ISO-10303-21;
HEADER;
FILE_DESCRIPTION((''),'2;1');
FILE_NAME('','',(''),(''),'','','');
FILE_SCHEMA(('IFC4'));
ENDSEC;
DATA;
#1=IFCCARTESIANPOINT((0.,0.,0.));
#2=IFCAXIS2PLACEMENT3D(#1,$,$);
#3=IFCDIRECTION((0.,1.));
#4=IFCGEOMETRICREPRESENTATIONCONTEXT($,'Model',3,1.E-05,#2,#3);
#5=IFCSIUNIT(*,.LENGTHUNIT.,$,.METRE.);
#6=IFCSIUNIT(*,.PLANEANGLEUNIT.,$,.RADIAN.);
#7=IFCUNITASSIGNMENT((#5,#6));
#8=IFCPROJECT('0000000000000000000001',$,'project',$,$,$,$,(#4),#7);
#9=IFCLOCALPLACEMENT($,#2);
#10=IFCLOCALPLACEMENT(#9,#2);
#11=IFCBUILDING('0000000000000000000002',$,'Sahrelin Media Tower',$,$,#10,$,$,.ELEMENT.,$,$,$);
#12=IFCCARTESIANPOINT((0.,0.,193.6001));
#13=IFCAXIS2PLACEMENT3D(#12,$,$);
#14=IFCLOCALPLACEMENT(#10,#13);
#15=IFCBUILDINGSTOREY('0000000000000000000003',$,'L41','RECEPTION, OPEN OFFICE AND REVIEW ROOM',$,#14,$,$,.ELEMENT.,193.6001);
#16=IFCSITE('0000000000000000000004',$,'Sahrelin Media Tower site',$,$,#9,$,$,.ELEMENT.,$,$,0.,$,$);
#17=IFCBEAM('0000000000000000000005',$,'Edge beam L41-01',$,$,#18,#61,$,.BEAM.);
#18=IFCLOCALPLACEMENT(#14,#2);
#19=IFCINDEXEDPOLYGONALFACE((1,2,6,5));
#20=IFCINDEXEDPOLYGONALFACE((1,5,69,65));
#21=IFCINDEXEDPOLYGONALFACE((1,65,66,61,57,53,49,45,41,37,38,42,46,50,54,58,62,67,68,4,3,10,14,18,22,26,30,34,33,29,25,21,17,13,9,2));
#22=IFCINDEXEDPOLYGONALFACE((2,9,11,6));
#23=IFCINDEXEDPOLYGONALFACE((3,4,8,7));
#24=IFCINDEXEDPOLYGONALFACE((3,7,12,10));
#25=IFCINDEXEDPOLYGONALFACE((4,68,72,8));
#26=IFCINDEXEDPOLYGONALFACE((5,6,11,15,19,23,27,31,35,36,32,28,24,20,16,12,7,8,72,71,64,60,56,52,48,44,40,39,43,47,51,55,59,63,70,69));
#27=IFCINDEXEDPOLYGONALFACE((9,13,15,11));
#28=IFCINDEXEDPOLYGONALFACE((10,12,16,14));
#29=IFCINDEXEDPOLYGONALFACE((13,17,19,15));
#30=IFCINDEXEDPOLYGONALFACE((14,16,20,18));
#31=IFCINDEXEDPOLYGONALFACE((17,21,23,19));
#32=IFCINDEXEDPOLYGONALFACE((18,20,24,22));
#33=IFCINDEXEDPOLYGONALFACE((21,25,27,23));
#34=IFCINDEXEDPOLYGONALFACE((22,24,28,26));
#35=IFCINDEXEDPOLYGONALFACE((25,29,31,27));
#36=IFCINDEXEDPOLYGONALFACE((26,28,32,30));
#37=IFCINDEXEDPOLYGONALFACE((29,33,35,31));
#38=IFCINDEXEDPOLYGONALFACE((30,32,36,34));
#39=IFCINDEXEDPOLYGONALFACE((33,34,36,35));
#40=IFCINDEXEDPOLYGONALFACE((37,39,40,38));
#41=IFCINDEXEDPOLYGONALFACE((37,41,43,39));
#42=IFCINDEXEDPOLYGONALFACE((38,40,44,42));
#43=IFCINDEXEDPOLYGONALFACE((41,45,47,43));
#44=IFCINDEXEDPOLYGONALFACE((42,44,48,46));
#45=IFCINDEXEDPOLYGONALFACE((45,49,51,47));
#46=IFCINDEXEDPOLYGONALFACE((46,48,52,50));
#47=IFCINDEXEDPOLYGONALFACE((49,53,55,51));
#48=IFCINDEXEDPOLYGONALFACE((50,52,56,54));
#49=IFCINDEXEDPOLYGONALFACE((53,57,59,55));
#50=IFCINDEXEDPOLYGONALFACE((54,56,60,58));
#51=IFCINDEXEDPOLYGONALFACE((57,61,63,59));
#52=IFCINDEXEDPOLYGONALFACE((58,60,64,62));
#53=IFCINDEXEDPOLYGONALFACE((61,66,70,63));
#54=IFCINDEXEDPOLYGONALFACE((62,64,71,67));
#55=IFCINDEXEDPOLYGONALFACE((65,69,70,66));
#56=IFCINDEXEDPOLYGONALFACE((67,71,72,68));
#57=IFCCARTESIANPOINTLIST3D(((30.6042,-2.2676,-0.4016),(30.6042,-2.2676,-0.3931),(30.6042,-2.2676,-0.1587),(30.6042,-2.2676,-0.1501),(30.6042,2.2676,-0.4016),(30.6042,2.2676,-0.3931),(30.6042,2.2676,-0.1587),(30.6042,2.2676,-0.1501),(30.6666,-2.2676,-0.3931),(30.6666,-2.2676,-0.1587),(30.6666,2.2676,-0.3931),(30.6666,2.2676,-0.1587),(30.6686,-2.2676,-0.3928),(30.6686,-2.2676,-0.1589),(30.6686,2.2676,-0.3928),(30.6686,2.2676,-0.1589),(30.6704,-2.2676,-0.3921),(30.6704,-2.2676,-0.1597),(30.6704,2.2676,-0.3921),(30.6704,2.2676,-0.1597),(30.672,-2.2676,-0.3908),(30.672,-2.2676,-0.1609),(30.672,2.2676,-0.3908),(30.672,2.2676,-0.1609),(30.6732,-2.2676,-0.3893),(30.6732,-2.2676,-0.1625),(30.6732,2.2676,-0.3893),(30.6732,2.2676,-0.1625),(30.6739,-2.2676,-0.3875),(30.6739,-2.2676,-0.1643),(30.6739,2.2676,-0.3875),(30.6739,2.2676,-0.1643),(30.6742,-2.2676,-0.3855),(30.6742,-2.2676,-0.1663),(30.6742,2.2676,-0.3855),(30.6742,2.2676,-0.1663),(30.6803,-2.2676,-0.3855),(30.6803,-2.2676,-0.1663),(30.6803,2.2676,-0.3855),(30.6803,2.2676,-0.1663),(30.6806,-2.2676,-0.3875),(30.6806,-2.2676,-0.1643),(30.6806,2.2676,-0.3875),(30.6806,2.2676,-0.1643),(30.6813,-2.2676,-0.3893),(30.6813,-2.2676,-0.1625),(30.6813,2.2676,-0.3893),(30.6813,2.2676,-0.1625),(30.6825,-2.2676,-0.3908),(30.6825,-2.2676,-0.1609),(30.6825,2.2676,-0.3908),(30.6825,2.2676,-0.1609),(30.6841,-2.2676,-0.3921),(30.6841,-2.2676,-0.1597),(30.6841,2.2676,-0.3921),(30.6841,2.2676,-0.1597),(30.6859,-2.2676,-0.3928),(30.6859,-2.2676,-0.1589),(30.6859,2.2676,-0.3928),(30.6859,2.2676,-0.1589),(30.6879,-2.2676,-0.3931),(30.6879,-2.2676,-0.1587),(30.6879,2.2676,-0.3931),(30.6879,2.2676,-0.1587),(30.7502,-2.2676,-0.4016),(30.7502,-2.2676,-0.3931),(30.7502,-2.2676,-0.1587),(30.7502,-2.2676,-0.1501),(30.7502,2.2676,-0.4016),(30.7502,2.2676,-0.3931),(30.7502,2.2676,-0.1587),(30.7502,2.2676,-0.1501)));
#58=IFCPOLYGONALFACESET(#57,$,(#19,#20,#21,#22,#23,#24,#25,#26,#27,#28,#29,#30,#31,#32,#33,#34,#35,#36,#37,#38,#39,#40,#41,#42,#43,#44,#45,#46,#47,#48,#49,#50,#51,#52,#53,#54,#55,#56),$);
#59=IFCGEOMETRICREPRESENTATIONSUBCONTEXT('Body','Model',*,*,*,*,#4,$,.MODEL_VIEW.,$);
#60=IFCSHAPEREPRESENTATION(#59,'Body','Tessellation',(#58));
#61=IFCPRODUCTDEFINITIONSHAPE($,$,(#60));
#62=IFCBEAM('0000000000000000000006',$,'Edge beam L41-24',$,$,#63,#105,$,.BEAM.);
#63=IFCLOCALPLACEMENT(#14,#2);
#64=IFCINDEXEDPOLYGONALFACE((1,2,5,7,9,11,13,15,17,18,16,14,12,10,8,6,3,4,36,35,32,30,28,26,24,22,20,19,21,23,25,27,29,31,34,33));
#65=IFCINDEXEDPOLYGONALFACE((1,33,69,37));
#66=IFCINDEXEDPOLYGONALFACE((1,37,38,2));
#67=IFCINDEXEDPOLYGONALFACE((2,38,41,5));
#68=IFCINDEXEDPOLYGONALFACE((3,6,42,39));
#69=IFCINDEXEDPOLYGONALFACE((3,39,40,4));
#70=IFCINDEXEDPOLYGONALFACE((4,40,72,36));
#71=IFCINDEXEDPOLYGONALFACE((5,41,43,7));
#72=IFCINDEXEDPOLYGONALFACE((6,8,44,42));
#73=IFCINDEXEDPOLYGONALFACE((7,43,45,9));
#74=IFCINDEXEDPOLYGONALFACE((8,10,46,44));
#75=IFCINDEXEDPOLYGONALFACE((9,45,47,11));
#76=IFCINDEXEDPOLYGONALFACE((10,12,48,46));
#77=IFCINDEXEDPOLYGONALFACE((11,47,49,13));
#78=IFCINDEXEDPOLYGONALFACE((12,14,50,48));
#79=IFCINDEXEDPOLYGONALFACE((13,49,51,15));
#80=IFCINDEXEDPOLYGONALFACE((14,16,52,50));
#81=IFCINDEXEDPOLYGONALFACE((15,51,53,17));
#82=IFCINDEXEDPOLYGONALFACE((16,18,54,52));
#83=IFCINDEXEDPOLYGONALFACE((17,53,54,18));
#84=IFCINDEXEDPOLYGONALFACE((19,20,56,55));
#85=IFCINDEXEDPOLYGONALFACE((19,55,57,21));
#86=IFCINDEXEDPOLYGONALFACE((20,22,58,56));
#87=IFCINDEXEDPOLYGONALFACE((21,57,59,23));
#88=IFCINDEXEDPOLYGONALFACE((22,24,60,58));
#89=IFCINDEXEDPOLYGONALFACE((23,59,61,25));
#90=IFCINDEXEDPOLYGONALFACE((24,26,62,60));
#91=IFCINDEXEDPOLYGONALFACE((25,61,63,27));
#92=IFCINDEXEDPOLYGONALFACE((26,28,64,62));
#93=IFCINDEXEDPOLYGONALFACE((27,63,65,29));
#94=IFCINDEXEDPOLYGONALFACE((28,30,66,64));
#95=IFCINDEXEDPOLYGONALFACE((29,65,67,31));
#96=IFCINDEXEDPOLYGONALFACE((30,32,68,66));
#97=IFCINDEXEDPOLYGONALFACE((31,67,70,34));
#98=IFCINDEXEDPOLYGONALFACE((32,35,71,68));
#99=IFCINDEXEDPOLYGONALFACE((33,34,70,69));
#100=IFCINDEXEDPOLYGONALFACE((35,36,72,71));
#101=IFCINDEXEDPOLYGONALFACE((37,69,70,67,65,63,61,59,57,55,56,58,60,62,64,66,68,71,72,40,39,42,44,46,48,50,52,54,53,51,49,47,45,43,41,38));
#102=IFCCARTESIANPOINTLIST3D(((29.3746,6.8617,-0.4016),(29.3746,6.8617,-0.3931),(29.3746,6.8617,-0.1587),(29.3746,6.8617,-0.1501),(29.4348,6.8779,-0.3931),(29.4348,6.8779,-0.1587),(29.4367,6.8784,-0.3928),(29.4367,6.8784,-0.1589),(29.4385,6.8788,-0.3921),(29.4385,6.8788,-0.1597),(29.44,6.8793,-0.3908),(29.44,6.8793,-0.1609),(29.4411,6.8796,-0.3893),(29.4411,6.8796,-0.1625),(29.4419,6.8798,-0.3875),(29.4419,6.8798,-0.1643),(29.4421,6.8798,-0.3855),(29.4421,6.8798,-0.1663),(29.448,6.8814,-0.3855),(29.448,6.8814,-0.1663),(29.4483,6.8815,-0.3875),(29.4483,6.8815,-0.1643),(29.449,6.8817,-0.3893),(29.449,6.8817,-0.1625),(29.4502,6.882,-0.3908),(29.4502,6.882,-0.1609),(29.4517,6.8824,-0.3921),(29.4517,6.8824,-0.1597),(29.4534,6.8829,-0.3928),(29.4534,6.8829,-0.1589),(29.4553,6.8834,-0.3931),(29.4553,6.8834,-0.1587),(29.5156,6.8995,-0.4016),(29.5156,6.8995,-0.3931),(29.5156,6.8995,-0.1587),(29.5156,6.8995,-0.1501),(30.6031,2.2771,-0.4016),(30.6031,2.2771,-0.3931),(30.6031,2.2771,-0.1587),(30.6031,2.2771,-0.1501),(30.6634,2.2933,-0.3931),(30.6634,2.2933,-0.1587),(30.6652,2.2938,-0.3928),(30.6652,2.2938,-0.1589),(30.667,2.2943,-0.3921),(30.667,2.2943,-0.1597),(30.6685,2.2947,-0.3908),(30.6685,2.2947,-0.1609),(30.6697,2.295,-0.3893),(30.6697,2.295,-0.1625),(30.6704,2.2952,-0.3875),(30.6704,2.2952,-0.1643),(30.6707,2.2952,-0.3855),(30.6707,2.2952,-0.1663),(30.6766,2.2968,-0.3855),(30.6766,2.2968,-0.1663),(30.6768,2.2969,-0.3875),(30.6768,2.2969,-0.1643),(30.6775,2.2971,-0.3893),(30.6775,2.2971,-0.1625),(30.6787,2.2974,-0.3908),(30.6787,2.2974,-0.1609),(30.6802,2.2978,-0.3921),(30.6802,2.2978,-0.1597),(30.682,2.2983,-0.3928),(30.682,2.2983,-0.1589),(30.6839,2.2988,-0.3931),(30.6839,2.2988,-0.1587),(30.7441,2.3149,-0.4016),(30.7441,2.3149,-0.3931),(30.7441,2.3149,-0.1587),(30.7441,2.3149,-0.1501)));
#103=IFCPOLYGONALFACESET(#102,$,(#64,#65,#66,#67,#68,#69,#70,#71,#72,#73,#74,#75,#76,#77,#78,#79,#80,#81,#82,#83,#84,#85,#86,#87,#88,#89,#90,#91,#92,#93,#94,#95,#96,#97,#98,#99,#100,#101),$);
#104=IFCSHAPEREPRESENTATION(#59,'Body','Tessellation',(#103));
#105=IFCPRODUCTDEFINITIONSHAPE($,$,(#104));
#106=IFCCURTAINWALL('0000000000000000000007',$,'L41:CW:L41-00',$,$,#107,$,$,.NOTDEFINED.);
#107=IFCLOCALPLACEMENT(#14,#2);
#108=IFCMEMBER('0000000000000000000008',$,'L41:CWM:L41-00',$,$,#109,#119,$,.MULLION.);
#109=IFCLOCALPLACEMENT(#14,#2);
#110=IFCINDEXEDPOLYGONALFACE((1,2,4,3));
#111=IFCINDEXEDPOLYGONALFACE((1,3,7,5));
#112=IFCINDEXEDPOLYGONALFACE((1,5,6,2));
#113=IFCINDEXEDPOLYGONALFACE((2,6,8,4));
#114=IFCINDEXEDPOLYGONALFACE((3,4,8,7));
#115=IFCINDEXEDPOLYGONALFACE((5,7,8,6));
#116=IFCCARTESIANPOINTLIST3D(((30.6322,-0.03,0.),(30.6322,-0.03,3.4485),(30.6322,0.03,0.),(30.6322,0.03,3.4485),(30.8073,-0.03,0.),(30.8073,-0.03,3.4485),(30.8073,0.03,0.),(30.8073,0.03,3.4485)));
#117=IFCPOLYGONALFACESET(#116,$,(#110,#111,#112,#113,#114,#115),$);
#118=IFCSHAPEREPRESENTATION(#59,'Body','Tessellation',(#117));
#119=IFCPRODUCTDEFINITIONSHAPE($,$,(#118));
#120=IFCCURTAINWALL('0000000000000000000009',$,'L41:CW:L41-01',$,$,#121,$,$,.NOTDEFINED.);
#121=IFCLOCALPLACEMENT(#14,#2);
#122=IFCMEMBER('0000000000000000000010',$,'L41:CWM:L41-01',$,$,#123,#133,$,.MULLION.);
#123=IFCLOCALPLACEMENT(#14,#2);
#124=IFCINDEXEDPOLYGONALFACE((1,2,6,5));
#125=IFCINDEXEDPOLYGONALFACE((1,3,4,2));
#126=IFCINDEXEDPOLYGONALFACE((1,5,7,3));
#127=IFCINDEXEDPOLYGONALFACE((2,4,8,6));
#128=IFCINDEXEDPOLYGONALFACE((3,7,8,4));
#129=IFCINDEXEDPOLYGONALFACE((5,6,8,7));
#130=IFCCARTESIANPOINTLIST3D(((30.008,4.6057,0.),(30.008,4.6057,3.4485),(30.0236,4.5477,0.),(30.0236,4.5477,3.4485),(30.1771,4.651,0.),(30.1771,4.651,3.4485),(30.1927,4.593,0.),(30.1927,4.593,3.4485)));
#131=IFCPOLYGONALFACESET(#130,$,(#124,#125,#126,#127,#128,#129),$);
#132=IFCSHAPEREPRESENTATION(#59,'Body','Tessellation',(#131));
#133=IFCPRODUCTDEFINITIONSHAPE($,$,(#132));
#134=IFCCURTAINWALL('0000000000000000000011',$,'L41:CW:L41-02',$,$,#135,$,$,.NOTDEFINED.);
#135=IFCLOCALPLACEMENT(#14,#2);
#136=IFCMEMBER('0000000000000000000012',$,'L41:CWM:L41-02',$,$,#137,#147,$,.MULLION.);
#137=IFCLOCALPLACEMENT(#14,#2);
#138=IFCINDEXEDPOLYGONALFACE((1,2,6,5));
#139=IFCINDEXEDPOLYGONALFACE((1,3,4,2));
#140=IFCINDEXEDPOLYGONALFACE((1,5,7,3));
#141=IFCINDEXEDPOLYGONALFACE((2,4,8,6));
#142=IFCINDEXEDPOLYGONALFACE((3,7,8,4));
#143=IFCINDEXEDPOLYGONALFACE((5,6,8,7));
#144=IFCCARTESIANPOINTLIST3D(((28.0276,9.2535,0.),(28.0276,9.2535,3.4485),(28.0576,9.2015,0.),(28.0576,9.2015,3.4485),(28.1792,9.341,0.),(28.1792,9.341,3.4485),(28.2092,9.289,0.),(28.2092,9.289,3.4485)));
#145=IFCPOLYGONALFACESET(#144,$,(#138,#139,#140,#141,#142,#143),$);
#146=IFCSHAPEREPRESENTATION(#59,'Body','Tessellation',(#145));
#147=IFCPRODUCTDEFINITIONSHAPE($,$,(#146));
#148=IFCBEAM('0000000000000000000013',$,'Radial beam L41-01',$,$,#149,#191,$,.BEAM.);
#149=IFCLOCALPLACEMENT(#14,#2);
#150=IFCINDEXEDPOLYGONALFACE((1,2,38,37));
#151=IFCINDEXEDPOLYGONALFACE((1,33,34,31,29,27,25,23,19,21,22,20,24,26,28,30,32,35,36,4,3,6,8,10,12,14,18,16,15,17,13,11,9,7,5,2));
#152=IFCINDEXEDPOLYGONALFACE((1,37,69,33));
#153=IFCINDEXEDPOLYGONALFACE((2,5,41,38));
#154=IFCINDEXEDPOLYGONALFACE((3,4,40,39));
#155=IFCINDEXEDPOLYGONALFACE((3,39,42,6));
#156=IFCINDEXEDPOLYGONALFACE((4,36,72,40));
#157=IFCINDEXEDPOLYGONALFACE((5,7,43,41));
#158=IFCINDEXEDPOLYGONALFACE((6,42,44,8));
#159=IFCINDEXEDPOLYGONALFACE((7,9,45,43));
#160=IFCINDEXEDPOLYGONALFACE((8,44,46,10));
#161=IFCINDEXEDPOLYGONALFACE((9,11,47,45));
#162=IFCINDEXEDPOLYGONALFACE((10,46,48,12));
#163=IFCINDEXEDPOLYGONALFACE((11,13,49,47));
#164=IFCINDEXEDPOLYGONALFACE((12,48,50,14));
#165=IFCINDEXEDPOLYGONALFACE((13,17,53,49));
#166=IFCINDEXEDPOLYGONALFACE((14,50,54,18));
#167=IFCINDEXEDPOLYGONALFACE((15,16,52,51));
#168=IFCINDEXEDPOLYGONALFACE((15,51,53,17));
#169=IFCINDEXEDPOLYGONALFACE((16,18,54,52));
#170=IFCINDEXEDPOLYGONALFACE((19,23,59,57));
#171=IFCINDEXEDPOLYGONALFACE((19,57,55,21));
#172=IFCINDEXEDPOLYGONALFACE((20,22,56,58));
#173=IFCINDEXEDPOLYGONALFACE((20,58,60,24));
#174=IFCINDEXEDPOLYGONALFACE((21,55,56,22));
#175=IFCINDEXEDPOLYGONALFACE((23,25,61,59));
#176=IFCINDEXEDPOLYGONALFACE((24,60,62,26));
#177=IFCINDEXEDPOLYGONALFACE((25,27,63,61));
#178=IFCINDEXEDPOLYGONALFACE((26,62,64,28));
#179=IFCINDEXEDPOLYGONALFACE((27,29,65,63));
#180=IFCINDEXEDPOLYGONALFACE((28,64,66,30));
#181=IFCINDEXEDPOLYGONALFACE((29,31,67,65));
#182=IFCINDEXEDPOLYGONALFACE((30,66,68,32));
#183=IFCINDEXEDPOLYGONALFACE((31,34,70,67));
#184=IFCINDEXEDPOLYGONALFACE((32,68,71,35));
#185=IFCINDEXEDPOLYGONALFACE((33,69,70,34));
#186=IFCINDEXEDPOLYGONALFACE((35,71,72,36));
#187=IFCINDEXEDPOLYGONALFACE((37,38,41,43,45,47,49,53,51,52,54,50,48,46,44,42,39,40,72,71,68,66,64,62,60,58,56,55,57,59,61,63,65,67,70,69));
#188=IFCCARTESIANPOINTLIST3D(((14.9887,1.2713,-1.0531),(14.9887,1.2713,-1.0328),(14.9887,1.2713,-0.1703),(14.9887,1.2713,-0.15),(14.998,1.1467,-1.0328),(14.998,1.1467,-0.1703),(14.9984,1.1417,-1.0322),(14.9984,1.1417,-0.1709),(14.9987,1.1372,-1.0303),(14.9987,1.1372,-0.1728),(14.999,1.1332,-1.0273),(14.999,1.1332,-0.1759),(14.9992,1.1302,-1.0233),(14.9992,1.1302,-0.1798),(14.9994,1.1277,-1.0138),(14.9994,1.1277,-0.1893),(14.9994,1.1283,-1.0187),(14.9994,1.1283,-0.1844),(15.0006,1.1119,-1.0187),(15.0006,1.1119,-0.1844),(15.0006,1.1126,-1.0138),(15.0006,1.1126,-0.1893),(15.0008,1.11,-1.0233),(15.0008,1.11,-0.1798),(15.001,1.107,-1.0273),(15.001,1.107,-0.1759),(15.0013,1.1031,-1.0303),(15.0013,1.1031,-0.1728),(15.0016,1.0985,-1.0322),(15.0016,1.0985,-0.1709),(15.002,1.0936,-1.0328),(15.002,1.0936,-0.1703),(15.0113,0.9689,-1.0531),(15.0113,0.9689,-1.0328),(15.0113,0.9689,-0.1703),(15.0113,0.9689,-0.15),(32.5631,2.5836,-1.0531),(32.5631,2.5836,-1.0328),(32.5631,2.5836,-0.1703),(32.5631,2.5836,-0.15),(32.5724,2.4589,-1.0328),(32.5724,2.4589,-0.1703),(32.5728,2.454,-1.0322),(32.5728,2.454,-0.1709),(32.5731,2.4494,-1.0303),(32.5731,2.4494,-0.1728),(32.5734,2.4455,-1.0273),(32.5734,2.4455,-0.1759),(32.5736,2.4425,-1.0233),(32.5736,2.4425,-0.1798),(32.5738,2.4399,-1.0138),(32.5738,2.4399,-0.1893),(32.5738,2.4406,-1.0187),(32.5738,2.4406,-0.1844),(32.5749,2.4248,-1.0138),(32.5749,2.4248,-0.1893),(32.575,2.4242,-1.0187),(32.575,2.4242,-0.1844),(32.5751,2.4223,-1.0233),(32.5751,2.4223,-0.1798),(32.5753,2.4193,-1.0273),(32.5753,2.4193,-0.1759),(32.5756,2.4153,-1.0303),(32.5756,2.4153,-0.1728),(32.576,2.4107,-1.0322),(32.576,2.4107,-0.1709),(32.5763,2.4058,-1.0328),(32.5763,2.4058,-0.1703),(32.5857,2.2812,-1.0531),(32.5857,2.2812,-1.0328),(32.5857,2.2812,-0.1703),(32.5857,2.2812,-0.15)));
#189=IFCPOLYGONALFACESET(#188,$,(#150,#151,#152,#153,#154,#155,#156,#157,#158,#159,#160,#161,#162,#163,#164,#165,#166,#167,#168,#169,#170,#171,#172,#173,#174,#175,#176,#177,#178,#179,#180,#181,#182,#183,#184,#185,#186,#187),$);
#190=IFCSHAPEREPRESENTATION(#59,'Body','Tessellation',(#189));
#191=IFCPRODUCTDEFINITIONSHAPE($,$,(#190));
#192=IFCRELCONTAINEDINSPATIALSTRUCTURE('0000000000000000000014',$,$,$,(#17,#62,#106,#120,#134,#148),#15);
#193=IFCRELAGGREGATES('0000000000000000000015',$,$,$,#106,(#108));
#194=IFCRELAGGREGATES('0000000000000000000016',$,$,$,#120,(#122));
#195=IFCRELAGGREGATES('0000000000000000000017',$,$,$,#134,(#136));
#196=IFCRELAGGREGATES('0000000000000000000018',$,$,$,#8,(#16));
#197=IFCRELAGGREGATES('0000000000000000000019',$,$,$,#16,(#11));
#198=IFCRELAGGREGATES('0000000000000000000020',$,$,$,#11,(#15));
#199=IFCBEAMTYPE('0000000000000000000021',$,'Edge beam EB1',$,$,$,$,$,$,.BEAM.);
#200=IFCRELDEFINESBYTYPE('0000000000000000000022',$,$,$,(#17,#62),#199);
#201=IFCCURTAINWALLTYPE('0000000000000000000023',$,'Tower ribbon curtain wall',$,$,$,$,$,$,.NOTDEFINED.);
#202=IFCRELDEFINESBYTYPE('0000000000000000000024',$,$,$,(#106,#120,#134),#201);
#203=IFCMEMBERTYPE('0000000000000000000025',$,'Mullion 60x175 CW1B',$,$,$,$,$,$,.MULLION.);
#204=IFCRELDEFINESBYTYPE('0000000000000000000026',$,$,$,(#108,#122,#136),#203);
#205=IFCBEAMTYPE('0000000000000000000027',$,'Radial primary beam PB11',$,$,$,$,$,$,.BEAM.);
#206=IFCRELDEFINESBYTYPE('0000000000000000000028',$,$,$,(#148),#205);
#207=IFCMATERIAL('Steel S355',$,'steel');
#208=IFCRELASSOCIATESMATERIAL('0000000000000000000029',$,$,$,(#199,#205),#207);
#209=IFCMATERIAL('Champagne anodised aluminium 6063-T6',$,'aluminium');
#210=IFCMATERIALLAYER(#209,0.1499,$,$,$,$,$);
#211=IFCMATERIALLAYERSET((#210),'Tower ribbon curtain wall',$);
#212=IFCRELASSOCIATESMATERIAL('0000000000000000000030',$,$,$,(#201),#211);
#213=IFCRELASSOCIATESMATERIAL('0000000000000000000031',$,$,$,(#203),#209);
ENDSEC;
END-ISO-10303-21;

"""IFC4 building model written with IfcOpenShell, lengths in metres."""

from ifc_helpers import new_model, si_unit, direction, frame, origin, origin_2d, place, context, subcontext, project, spatial, rectangle, i_section, extrude, material, layer, layer_set, material_profile, profile_set, type_object, element, aggregate, save


model = new_model("IFC4")

# Units and contexts
model_context = context("Model", 3, precision=1e-05, world=origin(), true_north=direction((0.0, 1.0)))
body_context = subcontext(model_context, "Body", "Model", "MODEL_VIEW")
ifc_project = project(units=[si_unit("LENGTHUNIT", "METRE"), si_unit("PLANEANGLEUNIT", "RADIAN")], contexts=[model_context])

# Site, building, storey
site_placement = place(None, origin())
site = spatial("IfcSite", under=ifc_project, at=site_placement, Name="Sahrelin Media Tower site", CompositionType="ELEMENT", RefElevation=0.0)
building_placement = place(site_placement, origin())
building = spatial("IfcBuilding", under=site, at=building_placement, Name="Sahrelin Media Tower", CompositionType="ELEMENT")
storey_placement = place(building_placement, frame((0.0, 0.0, 193.6001)))
storey = spatial("IfcBuildingStorey", under=building, at=storey_placement, Name="L41", Description="RECEPTION, OPEN OFFICE AND REVIEW ROOM", CompositionType="ELEMENT", Elevation=193.6001)

# Beams
ifc_material_1 = material(Name="Steel S355", Category="steel")
ifc_material_profile_1 = material_profile(ifc_material_1, i_section(OverallWidth=0.146, OverallDepth=0.2515, WebThickness=0.0061, FlangeThickness=0.0085, FilletRadius=0.0076, at=origin_2d()), Name="UB 254x146x31")
ifc_profile_set_1 = profile_set([ifc_material_profile_1], Name="Steel S355")
beam_type_1 = type_object("IfcBeamType", Name="Edge beam EB1", PredefinedType="BEAM", material=ifc_profile_set_1)
beam_1_placement = place(storey_placement, frame((30.6772, 2.2676, -0.2759), z_axis=(0.0, -1.0, 0.0), x_axis=(1.0, 0.0, 0.0)))
element("IfcBeam", 1, at=beam_1_placement, inside=storey, type_object=beam_type_1, Name="Edge beam L41-01", PredefinedType="BEAM", context=body_context, shape_type="SweptSolid", body=[
    extrude(i_section(OverallWidth=0.146, OverallDepth=0.2515, WebThickness=0.0061, FlangeThickness=0.0085, FilletRadius=0.0076, at=origin_2d()), origin(), (0.0, 0.0, 1.0), 4.5352),
])
beam_2_placement = place(storey_placement, frame((29.4451, 6.8806, -0.2759), z_axis=(0.258841, -0.96592, 0.0), x_axis=(0.96592, 0.258841, 0.0)))
element("IfcBeam", 2, at=beam_2_placement, inside=storey, type_object=beam_type_1, Name="Edge beam L41-24", PredefinedType="BEAM", context=body_context, shape_type="SweptSolid", body=[
    extrude(i_section(OverallWidth=0.146, OverallDepth=0.2515, WebThickness=0.0061, FlangeThickness=0.0085, FilletRadius=0.0076, at=origin_2d()), origin(), (0.0, 0.0, 1.0), 4.7463),
])

# Curtain walls, members
ifc_material_2 = material(Name="Champagne anodised aluminium 6063-T6", Category="aluminium")
ifc_layer_1 = layer(ifc_material_2, 0.1499)
ifc_layer_set_1 = layer_set([ifc_layer_1], Name="Tower ribbon curtain wall")
curtain_wall_type = type_object("IfcCurtainWallType", Name="Tower ribbon curtain wall", PredefinedType="NOTDEFINED", material=ifc_layer_set_1)
curtain_wall_1_placement = place(storey_placement, frame((30.8274, 0.0, 0.0), z_axis=(0.0, 0.0, 1.0), x_axis=(1.0, 0.0, 0.0)))
curtain_wall_1 = element("IfcCurtainWall", 3, at=curtain_wall_1_placement, inside=storey, type_object=curtain_wall_type, Name="L41:CW:L41-00", PredefinedType="NOTDEFINED")
ifc_material_profile_2 = material_profile(ifc_material_2, rectangle(XDim=0.0601, YDim=0.175, at=origin_2d()), Name="Mullion 60x175")
ifc_profile_set_2 = profile_set([ifc_material_profile_2], Name="Champagne anodised aluminium 6063-T6")
member_type_1 = type_object("IfcMemberType", Name="Mullion 60x175 CW1B", PredefinedType="MULLION", material=ifc_profile_set_2)
member_1_placement = place(storey_placement, frame((30.7197, 0.0, 0.0), z_axis=(0.0, 0.0, 1.0), x_axis=(0.0, 1.0, 0.0)))
member_1 = element("IfcMember", 4, at=member_1_placement, type_object=member_type_1, Name="L41:CWM:L41-00", PredefinedType="MULLION", context=body_context, shape_type="SweptSolid", body=[
    extrude(rectangle(XDim=0.0601, YDim=0.175, at=origin_2d()), origin(), (0.0, 0.0, 1.0), 3.4485),
])
aggregate(curtain_wall_1, [member_1])
curtain_wall_2_placement = place(storey_placement, frame((30.2041, 4.6272, 0.0), z_axis=(0.0, 0.0, 1.0), x_axis=(1.0, 0.0, 0.0)))
curtain_wall_2 = element("IfcCurtainWall", 5, at=curtain_wall_2_placement, inside=storey, type_object=curtain_wall_type, Name="L41:CW:L41-01", PredefinedType="NOTDEFINED")
member_2_placement = place(storey_placement, frame((30.1003, 4.5994, 0.0), z_axis=(0.0, 0.0, 1.0), x_axis=(-0.258829, 0.965923, 0.0)))
member_2 = element("IfcMember", 6, at=member_2_placement, type_object=member_type_1, Name="L41:CWM:L41-01", PredefinedType="MULLION", context=body_context, shape_type="SweptSolid", body=[
    extrude(rectangle(XDim=0.0601, YDim=0.175, at=origin_2d()), origin(), (0.0, 0.0, 1.0), 3.4485),
])
curtain_wall_3_placement = place(storey_placement, frame((28.2112, 9.325, 0.0), z_axis=(0.0, 0.0, 1.0), x_axis=(1.0, 0.0, 0.0)))
curtain_wall_3 = element("IfcCurtainWall", 7, at=curtain_wall_3_placement, inside=storey, type_object=curtain_wall_type, Name="L41:CW:L41-02", PredefinedType="NOTDEFINED")
member_3_placement = place(storey_placement, frame((28.1184, 9.2712, 0.0), z_axis=(0.0, 0.0, 1.0), x_axis=(-0.499997, 0.866027, 0.0)))
member_3 = element("IfcMember", 8, at=member_3_placement, type_object=member_type_1, Name="L41:CWM:L41-02", PredefinedType="MULLION", context=body_context, shape_type="SweptSolid", body=[
    extrude(rectangle(XDim=0.0601, YDim=0.175, at=origin_2d()), origin(), (0.0, 0.0, 1.0), 3.4485),
])

# Beam
ifc_material_profile_3 = material_profile(ifc_material_1, i_section(OverallWidth=0.3032, OverallDepth=0.9031, WebThickness=0.0151, FlangeThickness=0.0203, FilletRadius=0.019, at=origin_2d()), Name="UB 914x305x201")
ifc_profile_set_3 = profile_set([ifc_material_profile_3], Name="Steel S355")
beam_type_2 = type_object("IfcBeamType", Name="Radial primary beam PB11", PredefinedType="BEAM", material=ifc_profile_set_3)
beam_3_placement = place(storey_placement, frame((15.0, 1.1201, -0.6016), z_axis=(0.997224, 0.074461, 0.0), x_axis=(-0.074461, 0.997224, 0.0)))
element("IfcBeam", 9, at=beam_3_placement, inside=storey, type_object=beam_type_2, Name="Radial beam L41-01", PredefinedType="BEAM", context=body_context, shape_type="SweptSolid", body=[
    extrude(i_section(OverallWidth=0.3032, OverallDepth=0.9031, WebThickness=0.0151, FlangeThickness=0.0203, FilletRadius=0.019, at=origin_2d()), origin(), (0.0, 0.0, 1.0), 17.6233),
])

aggregate(curtain_wall_2, [member_2])
aggregate(curtain_wall_3, [member_3])

save(model, "model.ifc")
